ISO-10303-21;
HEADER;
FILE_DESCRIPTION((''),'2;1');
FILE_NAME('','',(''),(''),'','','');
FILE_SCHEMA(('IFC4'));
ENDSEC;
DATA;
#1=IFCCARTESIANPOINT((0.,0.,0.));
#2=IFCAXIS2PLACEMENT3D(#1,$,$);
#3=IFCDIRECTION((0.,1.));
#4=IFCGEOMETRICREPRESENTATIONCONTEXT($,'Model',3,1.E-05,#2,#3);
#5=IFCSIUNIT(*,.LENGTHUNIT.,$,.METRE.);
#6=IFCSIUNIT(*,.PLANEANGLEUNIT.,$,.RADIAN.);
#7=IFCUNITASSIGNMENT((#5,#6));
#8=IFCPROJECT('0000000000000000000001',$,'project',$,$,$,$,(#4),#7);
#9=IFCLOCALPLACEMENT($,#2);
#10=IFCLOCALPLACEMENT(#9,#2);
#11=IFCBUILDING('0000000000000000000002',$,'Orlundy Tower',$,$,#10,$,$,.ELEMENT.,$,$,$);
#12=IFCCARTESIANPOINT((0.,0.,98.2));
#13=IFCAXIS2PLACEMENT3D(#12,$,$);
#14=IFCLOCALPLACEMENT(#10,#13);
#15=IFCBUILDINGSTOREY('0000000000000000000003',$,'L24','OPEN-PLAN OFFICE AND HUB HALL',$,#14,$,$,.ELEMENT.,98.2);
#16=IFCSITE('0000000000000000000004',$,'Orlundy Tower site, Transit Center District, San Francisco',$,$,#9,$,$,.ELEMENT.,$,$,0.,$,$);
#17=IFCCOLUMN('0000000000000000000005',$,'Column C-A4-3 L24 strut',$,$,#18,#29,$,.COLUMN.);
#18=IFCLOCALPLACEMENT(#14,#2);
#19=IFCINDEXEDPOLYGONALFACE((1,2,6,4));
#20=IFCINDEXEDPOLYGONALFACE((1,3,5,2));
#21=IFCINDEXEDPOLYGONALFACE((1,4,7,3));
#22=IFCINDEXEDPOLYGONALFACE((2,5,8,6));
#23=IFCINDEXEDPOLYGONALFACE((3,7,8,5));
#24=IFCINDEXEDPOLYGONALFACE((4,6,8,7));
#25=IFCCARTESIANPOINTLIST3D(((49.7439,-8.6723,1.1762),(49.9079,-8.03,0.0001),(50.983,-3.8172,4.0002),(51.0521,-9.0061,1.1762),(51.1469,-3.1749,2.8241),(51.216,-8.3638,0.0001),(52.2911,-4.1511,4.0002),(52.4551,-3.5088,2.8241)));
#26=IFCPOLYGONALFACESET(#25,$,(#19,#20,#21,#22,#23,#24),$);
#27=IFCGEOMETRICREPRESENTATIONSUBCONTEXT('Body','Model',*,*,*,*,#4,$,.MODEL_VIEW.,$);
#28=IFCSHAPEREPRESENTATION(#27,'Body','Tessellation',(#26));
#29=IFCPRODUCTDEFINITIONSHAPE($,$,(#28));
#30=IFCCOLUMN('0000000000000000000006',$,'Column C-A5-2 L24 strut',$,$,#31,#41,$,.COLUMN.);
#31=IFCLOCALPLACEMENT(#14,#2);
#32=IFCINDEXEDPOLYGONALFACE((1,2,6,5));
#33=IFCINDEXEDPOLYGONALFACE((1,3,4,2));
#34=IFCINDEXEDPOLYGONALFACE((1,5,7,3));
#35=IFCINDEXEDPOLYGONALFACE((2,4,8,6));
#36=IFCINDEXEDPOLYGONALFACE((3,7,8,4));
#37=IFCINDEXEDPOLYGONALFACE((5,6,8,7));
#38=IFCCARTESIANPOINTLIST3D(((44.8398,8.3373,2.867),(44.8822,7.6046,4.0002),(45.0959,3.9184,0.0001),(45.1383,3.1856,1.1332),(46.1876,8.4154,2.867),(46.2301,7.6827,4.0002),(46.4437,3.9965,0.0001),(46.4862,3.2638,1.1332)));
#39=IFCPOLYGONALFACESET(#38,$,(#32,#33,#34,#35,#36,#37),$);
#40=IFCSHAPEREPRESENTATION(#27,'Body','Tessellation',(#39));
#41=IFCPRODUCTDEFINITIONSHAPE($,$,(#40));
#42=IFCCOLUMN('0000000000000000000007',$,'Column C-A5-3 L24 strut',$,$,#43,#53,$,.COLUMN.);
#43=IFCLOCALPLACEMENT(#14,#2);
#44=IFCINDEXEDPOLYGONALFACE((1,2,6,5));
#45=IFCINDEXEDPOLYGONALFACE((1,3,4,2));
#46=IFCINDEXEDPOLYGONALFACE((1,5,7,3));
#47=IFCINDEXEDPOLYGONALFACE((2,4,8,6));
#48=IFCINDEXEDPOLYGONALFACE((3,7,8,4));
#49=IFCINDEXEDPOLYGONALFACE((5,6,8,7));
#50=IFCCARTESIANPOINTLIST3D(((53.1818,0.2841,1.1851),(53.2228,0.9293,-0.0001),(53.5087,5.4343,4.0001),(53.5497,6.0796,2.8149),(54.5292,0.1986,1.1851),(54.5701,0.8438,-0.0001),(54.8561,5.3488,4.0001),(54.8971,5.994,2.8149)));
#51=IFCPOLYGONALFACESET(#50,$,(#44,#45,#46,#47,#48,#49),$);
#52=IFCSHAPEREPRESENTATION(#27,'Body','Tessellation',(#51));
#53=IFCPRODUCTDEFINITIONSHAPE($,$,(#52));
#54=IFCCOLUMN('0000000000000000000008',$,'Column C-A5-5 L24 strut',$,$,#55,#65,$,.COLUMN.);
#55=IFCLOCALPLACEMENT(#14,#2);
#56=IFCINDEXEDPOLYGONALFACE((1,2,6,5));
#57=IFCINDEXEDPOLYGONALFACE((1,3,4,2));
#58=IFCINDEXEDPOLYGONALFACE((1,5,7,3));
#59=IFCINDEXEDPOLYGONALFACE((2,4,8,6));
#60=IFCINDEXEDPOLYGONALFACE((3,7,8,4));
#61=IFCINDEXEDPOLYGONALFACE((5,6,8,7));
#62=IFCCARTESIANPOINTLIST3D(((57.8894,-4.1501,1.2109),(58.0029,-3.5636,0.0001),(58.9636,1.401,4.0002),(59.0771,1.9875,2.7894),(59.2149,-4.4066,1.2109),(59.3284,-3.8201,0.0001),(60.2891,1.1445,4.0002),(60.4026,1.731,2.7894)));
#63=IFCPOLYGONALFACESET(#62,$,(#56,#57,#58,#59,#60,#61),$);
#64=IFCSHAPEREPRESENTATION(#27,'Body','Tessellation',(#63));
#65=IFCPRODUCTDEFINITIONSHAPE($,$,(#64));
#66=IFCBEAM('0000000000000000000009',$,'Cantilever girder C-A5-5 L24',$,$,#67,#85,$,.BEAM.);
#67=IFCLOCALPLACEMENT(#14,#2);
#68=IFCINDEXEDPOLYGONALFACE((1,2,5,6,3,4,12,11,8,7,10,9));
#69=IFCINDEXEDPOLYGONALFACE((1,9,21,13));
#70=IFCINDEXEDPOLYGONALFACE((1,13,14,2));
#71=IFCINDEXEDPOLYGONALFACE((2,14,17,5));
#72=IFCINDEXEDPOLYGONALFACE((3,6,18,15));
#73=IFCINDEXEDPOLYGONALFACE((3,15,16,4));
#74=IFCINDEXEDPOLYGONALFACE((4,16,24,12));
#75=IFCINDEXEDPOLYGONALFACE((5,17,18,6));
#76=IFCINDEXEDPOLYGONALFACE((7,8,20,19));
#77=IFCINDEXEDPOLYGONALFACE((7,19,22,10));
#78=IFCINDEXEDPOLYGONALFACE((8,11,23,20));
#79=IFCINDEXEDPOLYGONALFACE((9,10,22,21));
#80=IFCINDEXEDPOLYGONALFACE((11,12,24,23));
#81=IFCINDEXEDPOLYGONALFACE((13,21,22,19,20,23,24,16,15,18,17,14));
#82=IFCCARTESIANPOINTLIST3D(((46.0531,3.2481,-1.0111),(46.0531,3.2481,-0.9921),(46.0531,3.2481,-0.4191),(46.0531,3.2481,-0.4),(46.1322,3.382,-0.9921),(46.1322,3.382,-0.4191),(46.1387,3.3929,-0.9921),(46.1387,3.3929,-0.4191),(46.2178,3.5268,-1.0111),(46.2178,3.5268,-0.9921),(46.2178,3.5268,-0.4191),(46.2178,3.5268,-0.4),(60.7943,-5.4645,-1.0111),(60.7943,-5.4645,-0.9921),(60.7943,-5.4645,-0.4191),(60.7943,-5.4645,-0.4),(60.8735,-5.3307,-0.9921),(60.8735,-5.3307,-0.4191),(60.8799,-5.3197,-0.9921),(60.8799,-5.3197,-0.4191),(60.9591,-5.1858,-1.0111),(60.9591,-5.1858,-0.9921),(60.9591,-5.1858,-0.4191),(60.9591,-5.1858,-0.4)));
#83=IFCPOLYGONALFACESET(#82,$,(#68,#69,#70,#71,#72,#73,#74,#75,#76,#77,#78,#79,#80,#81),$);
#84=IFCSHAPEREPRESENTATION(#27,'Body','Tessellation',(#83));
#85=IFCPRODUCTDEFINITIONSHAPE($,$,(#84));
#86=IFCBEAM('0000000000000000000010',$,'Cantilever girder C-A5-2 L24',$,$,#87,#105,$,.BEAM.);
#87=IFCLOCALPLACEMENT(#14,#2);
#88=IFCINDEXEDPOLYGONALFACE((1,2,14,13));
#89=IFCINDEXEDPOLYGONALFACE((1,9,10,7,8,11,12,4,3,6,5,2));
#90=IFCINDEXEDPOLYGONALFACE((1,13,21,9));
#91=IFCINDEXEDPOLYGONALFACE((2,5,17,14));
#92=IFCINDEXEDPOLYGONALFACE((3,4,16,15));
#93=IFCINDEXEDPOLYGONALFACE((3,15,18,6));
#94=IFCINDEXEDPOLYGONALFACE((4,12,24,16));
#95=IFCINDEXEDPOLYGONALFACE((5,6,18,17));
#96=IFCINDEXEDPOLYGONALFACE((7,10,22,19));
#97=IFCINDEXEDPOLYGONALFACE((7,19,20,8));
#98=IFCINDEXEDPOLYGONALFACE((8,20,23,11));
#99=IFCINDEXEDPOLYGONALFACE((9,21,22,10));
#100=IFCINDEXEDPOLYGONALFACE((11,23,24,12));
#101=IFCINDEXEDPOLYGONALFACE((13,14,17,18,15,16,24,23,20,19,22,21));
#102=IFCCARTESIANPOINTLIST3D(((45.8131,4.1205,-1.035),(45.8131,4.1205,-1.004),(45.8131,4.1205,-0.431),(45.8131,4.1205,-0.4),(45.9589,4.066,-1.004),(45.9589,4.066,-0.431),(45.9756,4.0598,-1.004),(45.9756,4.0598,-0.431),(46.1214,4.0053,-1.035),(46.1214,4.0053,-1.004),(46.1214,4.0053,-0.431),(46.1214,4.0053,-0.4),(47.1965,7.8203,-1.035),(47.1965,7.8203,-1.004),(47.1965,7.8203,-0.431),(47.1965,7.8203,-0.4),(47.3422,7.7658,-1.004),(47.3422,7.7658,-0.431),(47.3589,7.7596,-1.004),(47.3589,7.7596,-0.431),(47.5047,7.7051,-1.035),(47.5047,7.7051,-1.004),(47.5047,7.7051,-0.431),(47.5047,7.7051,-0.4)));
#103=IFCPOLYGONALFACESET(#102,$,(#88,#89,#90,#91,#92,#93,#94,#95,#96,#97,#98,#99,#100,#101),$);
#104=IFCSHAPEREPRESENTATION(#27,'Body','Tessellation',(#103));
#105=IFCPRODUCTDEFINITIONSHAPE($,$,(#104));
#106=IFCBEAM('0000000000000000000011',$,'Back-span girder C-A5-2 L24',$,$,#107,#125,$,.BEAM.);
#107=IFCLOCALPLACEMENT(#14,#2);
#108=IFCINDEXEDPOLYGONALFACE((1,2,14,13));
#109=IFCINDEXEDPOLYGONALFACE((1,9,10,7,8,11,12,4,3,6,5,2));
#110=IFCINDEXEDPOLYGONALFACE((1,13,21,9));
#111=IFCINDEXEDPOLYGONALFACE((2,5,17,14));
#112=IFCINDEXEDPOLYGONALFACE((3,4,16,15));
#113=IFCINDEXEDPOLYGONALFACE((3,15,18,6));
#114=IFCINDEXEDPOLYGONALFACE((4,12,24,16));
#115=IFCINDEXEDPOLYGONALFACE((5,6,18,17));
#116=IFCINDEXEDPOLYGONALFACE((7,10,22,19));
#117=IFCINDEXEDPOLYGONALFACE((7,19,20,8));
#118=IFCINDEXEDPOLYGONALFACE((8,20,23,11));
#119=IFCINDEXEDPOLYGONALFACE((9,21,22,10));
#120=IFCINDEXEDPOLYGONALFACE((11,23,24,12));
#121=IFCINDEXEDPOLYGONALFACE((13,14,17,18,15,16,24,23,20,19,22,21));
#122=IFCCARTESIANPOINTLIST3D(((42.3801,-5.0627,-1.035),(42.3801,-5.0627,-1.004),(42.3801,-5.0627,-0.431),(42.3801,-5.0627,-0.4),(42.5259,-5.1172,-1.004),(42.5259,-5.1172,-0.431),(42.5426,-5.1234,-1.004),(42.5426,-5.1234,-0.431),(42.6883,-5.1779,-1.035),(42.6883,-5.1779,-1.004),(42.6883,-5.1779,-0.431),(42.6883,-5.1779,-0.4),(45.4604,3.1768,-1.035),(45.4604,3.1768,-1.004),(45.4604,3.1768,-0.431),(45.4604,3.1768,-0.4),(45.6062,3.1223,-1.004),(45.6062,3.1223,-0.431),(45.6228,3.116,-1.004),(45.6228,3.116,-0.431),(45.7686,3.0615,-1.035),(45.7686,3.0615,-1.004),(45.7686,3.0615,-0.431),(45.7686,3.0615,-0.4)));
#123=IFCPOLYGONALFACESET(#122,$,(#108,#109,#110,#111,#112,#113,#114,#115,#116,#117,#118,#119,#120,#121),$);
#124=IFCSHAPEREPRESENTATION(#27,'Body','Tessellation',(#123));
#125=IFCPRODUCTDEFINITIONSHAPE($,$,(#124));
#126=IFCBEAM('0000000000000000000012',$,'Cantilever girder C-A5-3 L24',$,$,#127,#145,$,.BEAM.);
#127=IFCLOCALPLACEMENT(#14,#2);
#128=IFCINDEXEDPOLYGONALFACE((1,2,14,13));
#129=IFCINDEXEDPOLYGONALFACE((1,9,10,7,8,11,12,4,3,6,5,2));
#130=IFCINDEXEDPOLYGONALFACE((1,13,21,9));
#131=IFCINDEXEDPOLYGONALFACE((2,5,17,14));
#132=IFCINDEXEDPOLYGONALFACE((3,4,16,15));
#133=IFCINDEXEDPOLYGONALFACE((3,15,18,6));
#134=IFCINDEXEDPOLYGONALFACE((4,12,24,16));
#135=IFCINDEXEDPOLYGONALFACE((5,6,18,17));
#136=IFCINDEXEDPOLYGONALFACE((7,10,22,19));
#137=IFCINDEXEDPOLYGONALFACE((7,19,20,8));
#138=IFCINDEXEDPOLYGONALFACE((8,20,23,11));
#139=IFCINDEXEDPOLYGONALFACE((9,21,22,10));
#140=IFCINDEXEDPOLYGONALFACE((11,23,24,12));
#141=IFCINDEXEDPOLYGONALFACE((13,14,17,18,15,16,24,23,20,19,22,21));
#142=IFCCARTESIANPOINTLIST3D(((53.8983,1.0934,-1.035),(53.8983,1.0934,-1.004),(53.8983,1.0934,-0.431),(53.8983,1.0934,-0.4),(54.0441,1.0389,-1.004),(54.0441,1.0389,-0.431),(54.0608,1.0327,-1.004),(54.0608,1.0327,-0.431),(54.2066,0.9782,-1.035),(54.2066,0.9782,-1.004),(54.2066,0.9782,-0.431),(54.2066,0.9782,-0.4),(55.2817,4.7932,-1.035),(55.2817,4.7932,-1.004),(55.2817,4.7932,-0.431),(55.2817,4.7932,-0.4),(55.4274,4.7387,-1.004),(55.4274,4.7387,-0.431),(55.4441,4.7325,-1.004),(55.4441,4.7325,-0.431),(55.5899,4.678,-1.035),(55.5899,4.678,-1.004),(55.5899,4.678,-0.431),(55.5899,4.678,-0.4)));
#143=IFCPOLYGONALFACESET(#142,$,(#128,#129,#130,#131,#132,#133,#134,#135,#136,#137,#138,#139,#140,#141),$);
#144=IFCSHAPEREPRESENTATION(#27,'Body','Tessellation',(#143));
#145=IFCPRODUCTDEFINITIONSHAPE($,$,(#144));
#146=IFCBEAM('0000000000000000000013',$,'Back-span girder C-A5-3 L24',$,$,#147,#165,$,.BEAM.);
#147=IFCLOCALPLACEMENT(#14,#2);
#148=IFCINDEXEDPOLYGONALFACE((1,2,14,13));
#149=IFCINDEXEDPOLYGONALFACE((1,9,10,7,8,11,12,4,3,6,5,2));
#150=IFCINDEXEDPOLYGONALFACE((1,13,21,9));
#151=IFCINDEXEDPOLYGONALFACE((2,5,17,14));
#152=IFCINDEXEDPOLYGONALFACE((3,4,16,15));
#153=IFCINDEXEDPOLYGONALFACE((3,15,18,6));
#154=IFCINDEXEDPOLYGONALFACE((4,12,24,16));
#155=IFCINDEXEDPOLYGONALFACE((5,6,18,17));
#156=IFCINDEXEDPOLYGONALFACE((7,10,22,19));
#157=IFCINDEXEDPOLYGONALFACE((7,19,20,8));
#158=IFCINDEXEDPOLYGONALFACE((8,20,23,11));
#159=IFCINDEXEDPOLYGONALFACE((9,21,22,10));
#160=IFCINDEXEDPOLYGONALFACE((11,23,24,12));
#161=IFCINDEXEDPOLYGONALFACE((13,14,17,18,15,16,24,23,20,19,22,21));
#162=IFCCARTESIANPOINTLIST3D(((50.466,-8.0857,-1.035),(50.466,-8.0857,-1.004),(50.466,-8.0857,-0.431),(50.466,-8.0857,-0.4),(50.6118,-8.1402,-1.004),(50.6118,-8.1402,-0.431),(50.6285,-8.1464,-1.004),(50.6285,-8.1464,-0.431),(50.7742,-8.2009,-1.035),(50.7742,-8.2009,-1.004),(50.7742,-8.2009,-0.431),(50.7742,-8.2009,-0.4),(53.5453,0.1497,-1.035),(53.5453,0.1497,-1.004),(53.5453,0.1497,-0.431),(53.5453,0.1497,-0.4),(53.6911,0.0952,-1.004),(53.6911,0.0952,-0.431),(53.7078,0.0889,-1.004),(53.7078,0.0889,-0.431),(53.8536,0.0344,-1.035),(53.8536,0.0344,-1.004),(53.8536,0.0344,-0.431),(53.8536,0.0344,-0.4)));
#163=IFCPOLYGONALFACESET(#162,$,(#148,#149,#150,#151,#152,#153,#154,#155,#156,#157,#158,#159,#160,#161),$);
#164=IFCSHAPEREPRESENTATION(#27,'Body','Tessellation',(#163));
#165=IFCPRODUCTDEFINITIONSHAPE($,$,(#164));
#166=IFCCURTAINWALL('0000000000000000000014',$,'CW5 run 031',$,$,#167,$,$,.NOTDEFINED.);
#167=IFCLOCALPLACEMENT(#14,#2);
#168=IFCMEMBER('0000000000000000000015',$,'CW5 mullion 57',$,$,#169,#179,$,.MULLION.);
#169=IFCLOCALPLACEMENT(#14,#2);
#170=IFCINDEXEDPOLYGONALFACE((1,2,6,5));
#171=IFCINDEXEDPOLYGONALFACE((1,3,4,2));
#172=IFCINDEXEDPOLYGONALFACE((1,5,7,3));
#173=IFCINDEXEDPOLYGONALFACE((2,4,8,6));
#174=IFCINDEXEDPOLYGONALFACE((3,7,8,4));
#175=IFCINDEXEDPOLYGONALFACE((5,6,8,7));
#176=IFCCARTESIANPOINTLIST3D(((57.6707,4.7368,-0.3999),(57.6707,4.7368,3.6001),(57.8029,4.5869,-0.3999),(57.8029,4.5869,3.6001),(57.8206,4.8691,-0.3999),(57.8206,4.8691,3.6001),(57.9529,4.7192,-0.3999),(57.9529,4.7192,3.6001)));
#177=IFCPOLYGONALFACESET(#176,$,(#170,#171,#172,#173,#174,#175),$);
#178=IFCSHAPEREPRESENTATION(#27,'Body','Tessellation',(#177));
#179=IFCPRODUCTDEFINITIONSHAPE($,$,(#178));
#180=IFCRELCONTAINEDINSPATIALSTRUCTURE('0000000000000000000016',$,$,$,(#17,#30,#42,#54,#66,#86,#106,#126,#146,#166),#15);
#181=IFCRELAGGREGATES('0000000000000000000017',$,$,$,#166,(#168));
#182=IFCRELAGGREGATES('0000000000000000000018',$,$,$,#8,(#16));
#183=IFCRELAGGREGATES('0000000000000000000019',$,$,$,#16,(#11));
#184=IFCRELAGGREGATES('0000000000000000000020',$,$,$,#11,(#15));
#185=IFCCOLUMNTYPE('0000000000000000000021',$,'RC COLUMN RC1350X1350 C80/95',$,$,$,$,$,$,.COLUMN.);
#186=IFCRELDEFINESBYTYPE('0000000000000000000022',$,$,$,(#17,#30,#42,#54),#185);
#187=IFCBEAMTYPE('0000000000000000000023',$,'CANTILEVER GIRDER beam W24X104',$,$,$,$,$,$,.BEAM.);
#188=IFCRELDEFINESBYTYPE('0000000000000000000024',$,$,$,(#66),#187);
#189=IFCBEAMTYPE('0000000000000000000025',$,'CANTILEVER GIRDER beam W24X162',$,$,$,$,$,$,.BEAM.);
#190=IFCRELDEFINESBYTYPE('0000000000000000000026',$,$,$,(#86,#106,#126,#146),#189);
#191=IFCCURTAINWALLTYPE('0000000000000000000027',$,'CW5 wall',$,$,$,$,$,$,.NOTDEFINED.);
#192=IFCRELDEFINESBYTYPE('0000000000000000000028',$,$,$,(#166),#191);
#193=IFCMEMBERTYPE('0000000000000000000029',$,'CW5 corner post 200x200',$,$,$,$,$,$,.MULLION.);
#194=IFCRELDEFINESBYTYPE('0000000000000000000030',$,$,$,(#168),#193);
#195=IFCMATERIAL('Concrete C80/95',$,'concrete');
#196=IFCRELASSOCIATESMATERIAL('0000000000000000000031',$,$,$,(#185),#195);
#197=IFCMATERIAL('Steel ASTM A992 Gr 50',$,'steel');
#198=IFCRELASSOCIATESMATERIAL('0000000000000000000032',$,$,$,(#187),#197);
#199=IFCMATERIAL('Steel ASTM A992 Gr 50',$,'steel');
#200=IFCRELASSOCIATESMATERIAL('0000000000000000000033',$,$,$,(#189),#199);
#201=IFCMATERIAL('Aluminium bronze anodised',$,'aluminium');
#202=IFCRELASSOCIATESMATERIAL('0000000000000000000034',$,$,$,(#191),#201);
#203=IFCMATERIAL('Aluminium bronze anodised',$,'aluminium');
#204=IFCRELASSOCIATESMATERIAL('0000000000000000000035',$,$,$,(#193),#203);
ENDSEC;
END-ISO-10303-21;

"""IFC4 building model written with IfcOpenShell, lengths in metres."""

from ifc_helpers import new_model, si_unit, direction, frame, origin, origin_2d, place, context, subcontext, project, spatial, rectangle, i_section, extrude, material, material_profile, profile_set, type_object, element, aggregate, save


model = new_model("IFC4")

# Units and contexts
model_context = context("Model", 3, precision=1e-05, world=origin(), true_north=direction((0.0, 1.0)))
body_context = subcontext(model_context, "Body", "Model", "MODEL_VIEW")
ifc_project = project(units=[si_unit("LENGTHUNIT", "METRE"), si_unit("PLANEANGLEUNIT", "RADIAN")], contexts=[model_context])

# Site, building, storey
site_placement = place(None, origin())
site = spatial("IfcSite", under=ifc_project, at=site_placement, Name="Orlundy Tower site, Transit Center District, San Francisco", CompositionType="ELEMENT", RefElevation=0.0)
building_placement = place(site_placement, origin())
building = spatial("IfcBuilding", under=site, at=building_placement, Name="Orlundy Tower", CompositionType="ELEMENT")
storey_placement = place(building_placement, frame((0.0, 0.0, 98.2)))
storey = spatial("IfcBuildingStorey", under=building, at=storey_placement, Name="L24", Description="OPEN-PLAN OFFICE AND HUB HALL", CompositionType="ELEMENT", Elevation=98.2)

# Columns
ifc_material_1 = material(Name="Concrete C80/95", Category="concrete")
ifc_material_profile_1 = material_profile(ifc_material_1, rectangle(XDim=1.3501, YDim=1.3501, at=origin_2d()), Name="RC1350X1350")
ifc_profile_set_1 = profile_set([ifc_material_profile_1], Name="Concrete C80/95")
column_type = type_object("IfcColumnType", Name="RC COLUMN RC1350X1350 C80/95", PredefinedType="COLUMN", material=ifc_profile_set_1)
column_1_placement = place(storey_placement, frame((50.48, -8.5181, 0.5881), z_axis=(0.215421, 0.844111, 0.49099), x_axis=(-0.968944, 0.247279, 0.0)))
element("IfcColumn", 1, at=column_1_placement, inside=storey, type_object=column_type, Name="Column C-A4-3 L24 strut", PredefinedType="COLUMN", context=body_context, shape_type="SweptSolid", body=[
    extrude(rectangle(XDim=1.3501, YDim=1.3501, at=origin_2d()), origin(), (0.0, 0.0, 1.0), 5.7517),
])
column_2_placement = place(storey_placement, frame((45.791, 3.5911, 0.5667), z_axis=(-0.048562, 0.837919, 0.543629), x_axis=(-0.998325, -0.057859, 0.0)))
element("IfcColumn", 2, at=column_2_placement, inside=storey, type_object=column_type, Name="Column C-A5-2 L24 strut", PredefinedType="COLUMN", context=body_context, shape_type="SweptSolid", body=[
    extrude(rectangle(XDim=1.3501, YDim=1.3501, at=origin_2d()), origin(), (0.0, 0.0, 1.0), 5.2737),
])
column_3_placement = place(storey_placement, frame((53.876, 0.564, 0.5925), z_axis=(0.055612, 0.876124, 0.478867), x_axis=(-0.997992, 0.063347, 0.0)))
element("IfcColumn", 3, at=column_3_placement, inside=storey, type_object=column_type, Name="Column C-A5-3 L24 strut", PredefinedType="COLUMN", context=body_context, shape_type="SweptSolid", body=[
    extrude(rectangle(XDim=1.3501, YDim=1.3501, at=origin_2d()), origin(), (0.0, 0.0, 1.0), 5.8784),
])
column_4_placement = place(storey_placement, frame((58.6089, -3.9851, 0.6055), z_axis=(0.170386, 0.880471, 0.442424), x_axis=(-0.981786, 0.189992, 0.0)))
element("IfcColumn", 4, at=column_4_placement, inside=storey, type_object=column_type, Name="Column C-A5-5 L24 strut", PredefinedType="COLUMN", context=body_context, shape_type="SweptSolid", body=[
    extrude(rectangle(XDim=1.3501, YDim=1.3501, at=origin_2d()), origin(), (0.0, 0.0, 1.0), 6.3047),
])

# Beams
ifc_material_2 = material(Name="Steel ASTM A992 Gr 50", Category="steel")
ifc_material_profile_2 = material_profile(ifc_material_2, i_section(OverallWidth=0.3237, OverallDepth=0.6111, WebThickness=0.0127, FlangeThickness=0.019, at=origin_2d()), Name="W24X104")
ifc_profile_set_2 = profile_set([ifc_material_profile_2], Name="Steel ASTM A992 Gr 50")
beam_type_1 = type_object("IfcBeamType", Name="CANTILEVER GIRDER beam W24X104", PredefinedType="BEAM", material=ifc_profile_set_2)
beam_1_placement = place(storey_placement, frame((60.8767, -5.3252, -0.7056), z_axis=(-0.860877, 0.508813, 0.0), x_axis=(-0.508813, -0.860877, 0.0)))
element("IfcBeam", 5, at=beam_1_placement, inside=storey, type_object=beam_type_1, Name="Cantilever girder C-A5-5 L24", PredefinedType="BEAM", context=body_context, shape_type="SweptSolid", body=[
    extrude(i_section(OverallWidth=0.3237, OverallDepth=0.6111, WebThickness=0.0127, FlangeThickness=0.019, at=origin_2d()), origin(), (0.0, 0.0, 1.0), 17.1235),
])
ifc_material_3 = material(Name="Steel ASTM A992 Gr 50", Category="steel")
ifc_material_profile_3 = material_profile(ifc_material_3, i_section(OverallWidth=0.3291, OverallDepth=0.635, WebThickness=0.0178, FlangeThickness=0.031, at=origin_2d()), Name="W24X162")
ifc_profile_set_3 = profile_set([ifc_material_profile_3], Name="Steel ASTM A992 Gr 50")
beam_type_2 = type_object("IfcBeamType", Name="CANTILEVER GIRDER beam W24X162", PredefinedType="BEAM", material=ifc_profile_set_3)
beam_2_placement = place(storey_placement, frame((47.3506, 7.7627, -0.7175), z_axis=(-0.350216, -0.936669, 0.0), x_axis=(0.936669, -0.350216, 0.0)))
element("IfcBeam", 6, at=beam_2_placement, inside=storey, type_object=beam_type_2, Name="Cantilever girder C-A5-2 L24", PredefinedType="BEAM", context=body_context, shape_type="SweptSolid", body=[
    extrude(i_section(OverallWidth=0.3291, OverallDepth=0.635, WebThickness=0.0178, FlangeThickness=0.031, at=origin_2d()), origin(), (0.0, 0.0, 1.0), 3.95),
])
beam_3_placement = place(storey_placement, frame((45.6145, 3.1191, -0.7175), z_axis=(-0.350177, -0.936683, 0.0), x_axis=(0.936683, -0.350177, 0.0)))
element("IfcBeam", 7, at=beam_3_placement, inside=storey, type_object=beam_type_2, Name="Back-span girder C-A5-2 L24", PredefinedType="BEAM", context=body_context, shape_type="SweptSolid", body=[
    extrude(i_section(OverallWidth=0.3291, OverallDepth=0.635, WebThickness=0.0178, FlangeThickness=0.031, at=origin_2d()), origin(), (0.0, 0.0, 1.0), 8.7964),
])
beam_4_placement = place(storey_placement, frame((55.4358, 4.7356, -0.7175), z_axis=(-0.350216, -0.936669, 0.0), x_axis=(0.936669, -0.350216, 0.0)))
element("IfcBeam", 8, at=beam_4_placement, inside=storey, type_object=beam_type_2, Name="Cantilever girder C-A5-3 L24", PredefinedType="BEAM", context=body_context, shape_type="SweptSolid", body=[
    extrude(i_section(OverallWidth=0.3291, OverallDepth=0.635, WebThickness=0.0178, FlangeThickness=0.031, at=origin_2d()), origin(), (0.0, 0.0, 1.0), 3.95),
])
beam_5_placement = place(storey_placement, frame((53.6995, 0.092, -0.7175), z_axis=(-0.350235, -0.936662, 0.0), x_axis=(0.936662, -0.350235, 0.0)))
element("IfcBeam", 9, at=beam_5_placement, inside=storey, type_object=beam_type_2, Name="Back-span girder C-A5-3 L24", PredefinedType="BEAM", context=body_context, shape_type="SweptSolid", body=[
    extrude(i_section(OverallWidth=0.3291, OverallDepth=0.635, WebThickness=0.0178, FlangeThickness=0.031, at=origin_2d()), origin(), (0.0, 0.0, 1.0), 8.7922),
])

# Curtain wall, member
ifc_material_4 = material(Name="Aluminium bronze anodised", Category="aluminium")
curtain_wall_type = type_object("IfcCurtainWallType", Name="CW5 wall", PredefinedType="NOTDEFINED", material=ifc_material_4)
curtain_wall_1_placement = place(storey_placement, origin())
curtain_wall_1 = element("IfcCurtainWall", 10, at=curtain_wall_1_placement, inside=storey, type_object=curtain_wall_type, Name="CW5 run 031", PredefinedType="NOTDEFINED")
ifc_material_5 = material(Name="Aluminium bronze anodised", Category="aluminium")
ifc_material_profile_4 = material_profile(ifc_material_5, rectangle(XDim=0.2, YDim=0.2, at=origin_2d()), Name="CW5 corner post 200x200")
ifc_profile_set_4 = profile_set([ifc_material_profile_4], Name="Aluminium bronze anodised")
member_type_1 = type_object("IfcMemberType", Name="CW5 corner post 200x200", PredefinedType="MULLION", material=ifc_profile_set_4)
member_1_placement = place(storey_placement, frame((57.8118, 4.728, -0.3999), z_axis=(0.0, 0.0, 1.0), x_axis=(0.749846, 0.661613, 0.0)))
member_1 = element("IfcMember", 11, at=member_1_placement, type_object=member_type_1, Name="CW5 mullion 57", PredefinedType="MULLION", context=body_context, shape_type="SweptSolid", body=[
    extrude(rectangle(XDim=0.2, YDim=0.2, at=origin_2d()), origin(), (0.0, 0.0, 1.0), 4.0),
])

aggregate(curtain_wall_1, [member_1])

save(model, "model.ifc")
